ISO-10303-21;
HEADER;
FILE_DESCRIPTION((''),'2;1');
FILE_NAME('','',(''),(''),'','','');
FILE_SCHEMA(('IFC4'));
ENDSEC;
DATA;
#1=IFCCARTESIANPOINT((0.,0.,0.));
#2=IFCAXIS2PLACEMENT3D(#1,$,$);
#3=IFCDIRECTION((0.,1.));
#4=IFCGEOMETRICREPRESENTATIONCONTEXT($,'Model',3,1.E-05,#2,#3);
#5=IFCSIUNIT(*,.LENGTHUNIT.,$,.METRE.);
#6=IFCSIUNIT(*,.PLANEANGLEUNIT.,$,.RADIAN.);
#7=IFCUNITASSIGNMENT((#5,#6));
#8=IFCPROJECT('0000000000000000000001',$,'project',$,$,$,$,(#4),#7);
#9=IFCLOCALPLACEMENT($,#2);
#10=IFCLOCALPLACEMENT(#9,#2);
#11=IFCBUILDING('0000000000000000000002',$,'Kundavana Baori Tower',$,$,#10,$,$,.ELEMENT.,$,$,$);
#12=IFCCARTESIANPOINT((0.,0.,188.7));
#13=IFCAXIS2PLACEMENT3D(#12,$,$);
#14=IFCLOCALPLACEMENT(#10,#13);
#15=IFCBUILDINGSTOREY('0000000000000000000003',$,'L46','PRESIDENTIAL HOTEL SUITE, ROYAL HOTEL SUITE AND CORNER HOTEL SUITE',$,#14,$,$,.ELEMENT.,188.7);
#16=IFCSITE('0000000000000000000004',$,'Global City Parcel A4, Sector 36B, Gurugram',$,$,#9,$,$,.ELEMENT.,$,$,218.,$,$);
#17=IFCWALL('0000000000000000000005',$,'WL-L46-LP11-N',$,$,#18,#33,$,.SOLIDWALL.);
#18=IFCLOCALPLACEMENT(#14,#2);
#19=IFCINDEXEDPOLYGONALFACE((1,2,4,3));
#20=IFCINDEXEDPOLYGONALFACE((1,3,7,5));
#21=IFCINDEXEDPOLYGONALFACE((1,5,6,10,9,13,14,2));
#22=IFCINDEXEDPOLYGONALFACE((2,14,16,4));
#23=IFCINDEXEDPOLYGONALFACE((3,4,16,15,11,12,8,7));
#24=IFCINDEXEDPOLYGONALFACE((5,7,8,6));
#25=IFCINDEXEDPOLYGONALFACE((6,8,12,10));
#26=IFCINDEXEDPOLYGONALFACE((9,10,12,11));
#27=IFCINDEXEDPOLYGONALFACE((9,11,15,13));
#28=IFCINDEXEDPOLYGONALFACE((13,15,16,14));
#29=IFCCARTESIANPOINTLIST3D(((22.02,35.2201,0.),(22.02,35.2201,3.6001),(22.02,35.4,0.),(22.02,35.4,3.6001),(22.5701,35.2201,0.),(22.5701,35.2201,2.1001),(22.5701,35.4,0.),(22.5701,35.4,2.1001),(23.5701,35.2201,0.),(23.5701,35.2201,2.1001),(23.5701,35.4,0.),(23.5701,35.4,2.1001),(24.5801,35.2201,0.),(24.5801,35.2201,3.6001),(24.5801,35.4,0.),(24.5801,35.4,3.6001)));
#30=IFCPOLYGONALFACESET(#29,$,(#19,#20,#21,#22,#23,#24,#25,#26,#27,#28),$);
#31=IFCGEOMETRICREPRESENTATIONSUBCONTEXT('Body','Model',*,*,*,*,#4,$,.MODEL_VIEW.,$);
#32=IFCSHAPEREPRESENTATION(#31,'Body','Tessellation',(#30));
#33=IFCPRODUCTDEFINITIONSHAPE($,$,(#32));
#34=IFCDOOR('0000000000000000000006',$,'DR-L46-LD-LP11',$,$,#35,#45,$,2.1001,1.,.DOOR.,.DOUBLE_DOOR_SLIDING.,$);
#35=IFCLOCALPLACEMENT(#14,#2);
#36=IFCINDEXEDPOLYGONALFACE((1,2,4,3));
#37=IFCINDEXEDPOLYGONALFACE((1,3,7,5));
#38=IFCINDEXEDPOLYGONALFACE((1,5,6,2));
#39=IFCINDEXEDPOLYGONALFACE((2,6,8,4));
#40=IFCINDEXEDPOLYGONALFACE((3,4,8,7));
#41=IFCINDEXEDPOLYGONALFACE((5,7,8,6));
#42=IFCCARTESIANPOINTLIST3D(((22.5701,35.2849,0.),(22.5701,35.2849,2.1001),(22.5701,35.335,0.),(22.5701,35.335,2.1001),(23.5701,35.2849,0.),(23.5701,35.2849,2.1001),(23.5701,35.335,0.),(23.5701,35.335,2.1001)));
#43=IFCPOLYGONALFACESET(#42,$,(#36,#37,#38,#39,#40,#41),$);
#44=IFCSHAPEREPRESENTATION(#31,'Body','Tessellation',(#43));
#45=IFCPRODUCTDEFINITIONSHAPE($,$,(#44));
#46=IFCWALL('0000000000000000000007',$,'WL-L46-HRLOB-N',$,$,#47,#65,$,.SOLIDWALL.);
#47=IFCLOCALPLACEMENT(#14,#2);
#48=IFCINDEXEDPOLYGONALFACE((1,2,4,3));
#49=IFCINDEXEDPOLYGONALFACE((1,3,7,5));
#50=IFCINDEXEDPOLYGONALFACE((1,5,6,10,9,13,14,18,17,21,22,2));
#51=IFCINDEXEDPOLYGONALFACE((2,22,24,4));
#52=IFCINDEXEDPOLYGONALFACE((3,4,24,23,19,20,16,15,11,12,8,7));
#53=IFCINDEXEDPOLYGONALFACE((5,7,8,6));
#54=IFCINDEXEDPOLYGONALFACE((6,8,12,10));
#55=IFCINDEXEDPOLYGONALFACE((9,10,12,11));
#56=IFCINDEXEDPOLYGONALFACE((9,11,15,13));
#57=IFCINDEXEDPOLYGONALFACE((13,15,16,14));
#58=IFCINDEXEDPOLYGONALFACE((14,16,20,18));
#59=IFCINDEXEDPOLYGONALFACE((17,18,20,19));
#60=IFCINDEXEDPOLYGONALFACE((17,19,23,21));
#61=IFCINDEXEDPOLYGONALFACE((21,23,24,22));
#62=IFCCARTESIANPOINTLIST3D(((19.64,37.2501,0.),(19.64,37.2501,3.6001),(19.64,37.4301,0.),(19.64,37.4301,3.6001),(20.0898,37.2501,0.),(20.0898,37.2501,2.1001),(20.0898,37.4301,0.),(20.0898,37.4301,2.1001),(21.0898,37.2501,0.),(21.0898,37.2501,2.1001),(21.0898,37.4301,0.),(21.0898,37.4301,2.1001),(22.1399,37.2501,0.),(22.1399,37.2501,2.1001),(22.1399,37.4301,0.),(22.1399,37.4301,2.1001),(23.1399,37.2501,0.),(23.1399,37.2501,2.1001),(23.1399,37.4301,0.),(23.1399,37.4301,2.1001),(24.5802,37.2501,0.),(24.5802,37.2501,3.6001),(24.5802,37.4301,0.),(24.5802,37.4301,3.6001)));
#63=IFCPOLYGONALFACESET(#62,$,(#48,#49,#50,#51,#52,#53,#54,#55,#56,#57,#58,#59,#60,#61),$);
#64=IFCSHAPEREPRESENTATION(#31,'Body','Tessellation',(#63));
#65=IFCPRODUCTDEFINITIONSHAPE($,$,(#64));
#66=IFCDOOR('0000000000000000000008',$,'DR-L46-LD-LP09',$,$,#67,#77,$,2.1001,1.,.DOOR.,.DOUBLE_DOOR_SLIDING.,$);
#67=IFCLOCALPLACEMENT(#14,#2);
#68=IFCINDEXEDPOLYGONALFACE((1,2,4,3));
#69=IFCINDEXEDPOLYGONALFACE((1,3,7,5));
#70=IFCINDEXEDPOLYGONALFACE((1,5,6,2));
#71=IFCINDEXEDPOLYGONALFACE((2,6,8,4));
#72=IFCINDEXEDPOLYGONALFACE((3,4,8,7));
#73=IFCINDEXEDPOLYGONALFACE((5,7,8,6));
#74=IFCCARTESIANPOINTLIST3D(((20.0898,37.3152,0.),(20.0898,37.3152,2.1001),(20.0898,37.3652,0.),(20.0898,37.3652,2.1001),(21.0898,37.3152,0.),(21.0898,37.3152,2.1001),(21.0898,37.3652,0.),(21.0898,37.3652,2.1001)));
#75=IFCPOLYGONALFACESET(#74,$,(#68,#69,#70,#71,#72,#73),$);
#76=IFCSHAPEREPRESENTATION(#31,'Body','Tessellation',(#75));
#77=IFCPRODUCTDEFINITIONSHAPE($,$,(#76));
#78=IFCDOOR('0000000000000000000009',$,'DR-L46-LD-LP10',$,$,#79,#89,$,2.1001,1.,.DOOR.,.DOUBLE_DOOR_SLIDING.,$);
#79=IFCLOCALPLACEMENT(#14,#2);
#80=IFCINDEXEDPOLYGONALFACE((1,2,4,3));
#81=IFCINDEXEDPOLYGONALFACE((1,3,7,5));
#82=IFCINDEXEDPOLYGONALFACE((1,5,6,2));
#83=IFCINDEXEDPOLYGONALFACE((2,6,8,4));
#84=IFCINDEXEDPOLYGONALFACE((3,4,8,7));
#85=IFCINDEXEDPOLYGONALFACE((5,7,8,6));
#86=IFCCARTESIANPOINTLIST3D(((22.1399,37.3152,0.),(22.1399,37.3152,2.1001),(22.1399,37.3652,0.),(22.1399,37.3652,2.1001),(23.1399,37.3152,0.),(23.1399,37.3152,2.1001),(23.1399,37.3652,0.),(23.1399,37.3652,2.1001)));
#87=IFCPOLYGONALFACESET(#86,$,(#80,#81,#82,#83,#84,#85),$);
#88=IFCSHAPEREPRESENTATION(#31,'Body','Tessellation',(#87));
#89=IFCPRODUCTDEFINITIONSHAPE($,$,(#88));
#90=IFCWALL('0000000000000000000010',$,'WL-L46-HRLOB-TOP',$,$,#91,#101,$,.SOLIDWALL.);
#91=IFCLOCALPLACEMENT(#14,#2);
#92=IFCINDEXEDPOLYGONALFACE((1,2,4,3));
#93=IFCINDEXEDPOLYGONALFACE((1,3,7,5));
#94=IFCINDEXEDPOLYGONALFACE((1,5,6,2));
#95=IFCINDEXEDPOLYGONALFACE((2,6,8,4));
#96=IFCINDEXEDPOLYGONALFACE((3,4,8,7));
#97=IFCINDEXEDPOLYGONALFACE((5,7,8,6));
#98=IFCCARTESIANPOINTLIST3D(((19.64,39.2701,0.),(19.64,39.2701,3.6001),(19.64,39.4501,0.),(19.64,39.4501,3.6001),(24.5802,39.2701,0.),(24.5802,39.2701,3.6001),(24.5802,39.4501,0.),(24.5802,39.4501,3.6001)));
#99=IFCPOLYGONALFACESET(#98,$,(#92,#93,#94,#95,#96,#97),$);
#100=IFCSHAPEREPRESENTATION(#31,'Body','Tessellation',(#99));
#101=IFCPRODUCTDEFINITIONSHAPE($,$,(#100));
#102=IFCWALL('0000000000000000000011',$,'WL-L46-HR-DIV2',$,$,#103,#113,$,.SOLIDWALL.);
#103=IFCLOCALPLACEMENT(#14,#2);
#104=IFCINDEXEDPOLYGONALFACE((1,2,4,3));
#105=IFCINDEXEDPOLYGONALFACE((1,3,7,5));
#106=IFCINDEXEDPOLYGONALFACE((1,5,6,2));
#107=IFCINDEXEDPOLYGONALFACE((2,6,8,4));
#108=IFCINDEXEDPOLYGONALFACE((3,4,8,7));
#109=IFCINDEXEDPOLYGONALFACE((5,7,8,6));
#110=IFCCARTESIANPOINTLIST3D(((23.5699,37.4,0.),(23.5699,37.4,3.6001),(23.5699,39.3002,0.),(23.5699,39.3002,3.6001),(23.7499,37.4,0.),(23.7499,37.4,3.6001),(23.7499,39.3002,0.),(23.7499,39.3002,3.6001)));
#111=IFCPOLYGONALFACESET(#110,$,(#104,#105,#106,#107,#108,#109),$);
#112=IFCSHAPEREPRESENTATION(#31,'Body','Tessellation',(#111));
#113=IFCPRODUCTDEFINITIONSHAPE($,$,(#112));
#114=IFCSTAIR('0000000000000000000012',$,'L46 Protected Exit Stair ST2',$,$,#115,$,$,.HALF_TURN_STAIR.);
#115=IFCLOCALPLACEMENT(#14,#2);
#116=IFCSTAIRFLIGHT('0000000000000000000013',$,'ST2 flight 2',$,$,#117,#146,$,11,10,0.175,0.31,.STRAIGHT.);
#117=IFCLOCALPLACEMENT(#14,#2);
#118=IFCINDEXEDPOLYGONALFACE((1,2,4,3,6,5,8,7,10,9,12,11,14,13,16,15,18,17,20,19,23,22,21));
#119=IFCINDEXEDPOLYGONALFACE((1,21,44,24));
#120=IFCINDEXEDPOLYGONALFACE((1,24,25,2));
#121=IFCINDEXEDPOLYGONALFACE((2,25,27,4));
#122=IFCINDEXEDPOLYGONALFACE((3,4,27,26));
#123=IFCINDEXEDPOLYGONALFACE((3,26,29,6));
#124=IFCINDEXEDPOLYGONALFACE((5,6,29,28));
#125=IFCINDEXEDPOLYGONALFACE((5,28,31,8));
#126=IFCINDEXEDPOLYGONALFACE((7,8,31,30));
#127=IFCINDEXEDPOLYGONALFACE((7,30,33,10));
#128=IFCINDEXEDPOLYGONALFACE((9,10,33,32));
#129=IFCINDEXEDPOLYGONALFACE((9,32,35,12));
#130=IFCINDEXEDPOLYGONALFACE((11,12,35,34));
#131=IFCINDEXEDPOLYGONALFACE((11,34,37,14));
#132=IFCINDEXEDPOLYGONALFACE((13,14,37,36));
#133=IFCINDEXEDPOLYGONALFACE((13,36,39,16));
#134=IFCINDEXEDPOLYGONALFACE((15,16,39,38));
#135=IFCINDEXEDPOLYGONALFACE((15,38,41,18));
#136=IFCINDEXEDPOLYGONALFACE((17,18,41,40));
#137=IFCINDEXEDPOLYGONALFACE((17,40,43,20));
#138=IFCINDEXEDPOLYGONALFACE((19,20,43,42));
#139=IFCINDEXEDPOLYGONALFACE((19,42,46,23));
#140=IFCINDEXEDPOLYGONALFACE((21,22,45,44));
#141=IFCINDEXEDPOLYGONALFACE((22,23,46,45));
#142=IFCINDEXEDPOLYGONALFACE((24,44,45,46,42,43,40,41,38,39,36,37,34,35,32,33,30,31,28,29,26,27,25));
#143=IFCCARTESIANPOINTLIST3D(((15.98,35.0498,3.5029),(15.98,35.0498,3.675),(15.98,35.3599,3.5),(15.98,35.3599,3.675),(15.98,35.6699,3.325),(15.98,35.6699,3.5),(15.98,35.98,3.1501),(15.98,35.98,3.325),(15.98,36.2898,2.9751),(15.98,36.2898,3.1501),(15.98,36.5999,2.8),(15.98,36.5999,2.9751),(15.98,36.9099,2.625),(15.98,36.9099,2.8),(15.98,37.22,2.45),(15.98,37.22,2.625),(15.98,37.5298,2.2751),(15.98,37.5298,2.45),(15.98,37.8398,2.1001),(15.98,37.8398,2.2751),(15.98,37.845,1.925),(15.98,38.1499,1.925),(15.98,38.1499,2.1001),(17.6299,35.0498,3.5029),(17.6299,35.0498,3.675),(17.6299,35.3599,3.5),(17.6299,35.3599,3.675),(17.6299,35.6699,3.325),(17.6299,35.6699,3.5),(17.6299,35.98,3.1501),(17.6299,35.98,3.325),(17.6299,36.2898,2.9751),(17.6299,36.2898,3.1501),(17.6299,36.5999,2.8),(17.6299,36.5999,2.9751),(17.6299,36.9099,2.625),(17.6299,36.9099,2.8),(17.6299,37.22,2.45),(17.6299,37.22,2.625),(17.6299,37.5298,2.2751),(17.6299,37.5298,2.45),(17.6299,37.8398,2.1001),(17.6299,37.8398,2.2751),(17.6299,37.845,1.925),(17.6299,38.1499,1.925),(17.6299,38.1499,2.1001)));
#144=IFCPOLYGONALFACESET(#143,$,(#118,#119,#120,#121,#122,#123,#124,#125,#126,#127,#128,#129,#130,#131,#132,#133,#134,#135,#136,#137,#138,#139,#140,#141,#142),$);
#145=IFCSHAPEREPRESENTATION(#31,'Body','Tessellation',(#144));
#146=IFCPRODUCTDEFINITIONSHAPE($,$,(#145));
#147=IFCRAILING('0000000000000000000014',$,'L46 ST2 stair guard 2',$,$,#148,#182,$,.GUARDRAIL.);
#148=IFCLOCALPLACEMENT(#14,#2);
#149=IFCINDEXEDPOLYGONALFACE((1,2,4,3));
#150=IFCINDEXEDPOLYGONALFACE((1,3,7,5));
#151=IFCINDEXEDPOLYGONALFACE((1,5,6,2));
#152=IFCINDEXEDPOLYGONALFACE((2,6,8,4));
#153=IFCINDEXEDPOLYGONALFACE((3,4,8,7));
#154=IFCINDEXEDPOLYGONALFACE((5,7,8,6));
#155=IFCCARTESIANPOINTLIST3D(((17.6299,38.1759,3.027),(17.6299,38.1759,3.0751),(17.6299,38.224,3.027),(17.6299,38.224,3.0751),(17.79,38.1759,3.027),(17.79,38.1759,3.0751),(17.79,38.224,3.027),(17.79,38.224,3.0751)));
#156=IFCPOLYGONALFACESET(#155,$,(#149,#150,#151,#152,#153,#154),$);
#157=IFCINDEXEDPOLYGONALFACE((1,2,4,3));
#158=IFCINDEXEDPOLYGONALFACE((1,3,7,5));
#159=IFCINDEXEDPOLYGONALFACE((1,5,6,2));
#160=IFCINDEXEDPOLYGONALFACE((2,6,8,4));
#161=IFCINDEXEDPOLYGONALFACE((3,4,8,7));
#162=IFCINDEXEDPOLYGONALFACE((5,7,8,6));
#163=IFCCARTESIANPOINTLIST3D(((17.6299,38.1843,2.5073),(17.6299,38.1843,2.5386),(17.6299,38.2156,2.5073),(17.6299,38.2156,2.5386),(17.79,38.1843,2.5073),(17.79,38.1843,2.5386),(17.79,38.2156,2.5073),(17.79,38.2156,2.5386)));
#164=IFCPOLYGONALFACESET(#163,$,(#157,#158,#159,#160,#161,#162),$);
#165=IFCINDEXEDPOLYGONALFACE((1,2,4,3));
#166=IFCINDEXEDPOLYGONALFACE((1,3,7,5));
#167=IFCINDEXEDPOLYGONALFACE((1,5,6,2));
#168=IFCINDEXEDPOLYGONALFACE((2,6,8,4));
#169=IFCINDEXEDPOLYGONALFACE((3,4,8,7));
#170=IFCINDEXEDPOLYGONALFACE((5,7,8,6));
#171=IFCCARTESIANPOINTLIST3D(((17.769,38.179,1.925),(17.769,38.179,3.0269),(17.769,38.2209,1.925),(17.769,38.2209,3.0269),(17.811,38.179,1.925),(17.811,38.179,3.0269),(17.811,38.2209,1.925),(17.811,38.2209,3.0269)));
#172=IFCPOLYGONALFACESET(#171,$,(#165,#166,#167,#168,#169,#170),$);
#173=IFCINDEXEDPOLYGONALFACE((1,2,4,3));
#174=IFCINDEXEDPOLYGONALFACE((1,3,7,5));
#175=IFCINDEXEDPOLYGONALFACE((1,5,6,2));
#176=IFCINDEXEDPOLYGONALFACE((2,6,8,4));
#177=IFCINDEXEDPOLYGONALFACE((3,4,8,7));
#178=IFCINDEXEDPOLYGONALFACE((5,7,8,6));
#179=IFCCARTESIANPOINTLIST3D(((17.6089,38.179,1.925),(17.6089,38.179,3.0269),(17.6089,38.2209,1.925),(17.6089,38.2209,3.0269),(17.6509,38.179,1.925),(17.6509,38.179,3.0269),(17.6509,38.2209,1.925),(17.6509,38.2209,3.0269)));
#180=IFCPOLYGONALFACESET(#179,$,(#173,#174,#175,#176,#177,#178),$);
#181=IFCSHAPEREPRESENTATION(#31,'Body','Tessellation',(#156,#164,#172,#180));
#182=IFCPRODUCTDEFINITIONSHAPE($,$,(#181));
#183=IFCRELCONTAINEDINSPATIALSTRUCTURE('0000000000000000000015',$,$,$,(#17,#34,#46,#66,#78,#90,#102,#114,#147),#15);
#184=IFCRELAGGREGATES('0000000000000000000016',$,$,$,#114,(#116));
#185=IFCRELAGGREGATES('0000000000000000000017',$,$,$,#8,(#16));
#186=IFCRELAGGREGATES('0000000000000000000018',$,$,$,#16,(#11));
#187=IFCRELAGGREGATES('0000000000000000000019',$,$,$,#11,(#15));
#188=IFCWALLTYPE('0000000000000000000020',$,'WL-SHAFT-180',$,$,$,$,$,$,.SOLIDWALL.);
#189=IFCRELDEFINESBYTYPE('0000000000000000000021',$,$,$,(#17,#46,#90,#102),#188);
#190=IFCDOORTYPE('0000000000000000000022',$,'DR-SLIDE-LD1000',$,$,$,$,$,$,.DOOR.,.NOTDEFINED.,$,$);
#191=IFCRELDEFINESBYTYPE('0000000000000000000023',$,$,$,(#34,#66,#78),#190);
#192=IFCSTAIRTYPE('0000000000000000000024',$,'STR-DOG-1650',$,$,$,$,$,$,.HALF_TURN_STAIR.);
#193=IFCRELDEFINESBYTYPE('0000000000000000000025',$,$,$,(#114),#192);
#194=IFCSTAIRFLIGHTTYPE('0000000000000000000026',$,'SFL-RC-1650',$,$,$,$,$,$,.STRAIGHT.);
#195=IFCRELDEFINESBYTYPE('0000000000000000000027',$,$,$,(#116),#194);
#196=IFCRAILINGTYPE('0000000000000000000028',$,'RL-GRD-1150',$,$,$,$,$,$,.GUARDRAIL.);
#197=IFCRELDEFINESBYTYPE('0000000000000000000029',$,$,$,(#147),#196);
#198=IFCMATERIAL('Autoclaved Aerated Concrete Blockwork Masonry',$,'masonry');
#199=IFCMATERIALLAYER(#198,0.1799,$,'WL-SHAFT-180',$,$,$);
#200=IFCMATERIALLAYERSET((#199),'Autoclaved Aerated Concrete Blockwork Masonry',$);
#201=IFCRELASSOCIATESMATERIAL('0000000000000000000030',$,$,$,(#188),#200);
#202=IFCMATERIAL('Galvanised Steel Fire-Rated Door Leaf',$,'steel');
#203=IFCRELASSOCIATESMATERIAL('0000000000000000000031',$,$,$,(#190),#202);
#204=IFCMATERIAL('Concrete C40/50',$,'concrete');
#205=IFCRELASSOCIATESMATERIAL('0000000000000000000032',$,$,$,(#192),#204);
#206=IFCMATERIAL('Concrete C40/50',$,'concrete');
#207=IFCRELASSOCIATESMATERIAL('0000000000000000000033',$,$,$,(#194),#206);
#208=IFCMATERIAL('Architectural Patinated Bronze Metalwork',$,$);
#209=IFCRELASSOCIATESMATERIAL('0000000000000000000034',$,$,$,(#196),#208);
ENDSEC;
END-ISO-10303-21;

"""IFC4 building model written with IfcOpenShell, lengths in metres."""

from ifc_helpers import new_model, si_unit, direction, frame, frame_2d, origin, origin_2d, place, context, subcontext, project, spatial, polyline, rectangle, outline, extrude, material, layer, layer_set, type_object, element, fill, aggregate, save


model = new_model("IFC4")

# Units and contexts
model_context = context("Model", 3, precision=1e-05, world=origin(), true_north=direction((0.0, 1.0)))
body_context = subcontext(model_context, "Body", "Model", "MODEL_VIEW")
ifc_project = project(units=[si_unit("LENGTHUNIT", "METRE"), si_unit("PLANEANGLEUNIT", "RADIAN")], contexts=[model_context])

# Site, building, storey
site_placement = place(None, origin())
site = spatial("IfcSite", under=ifc_project, at=site_placement, Name="Global City Parcel A4, Sector 36B, Gurugram", CompositionType="ELEMENT", RefElevation=218.0)
building_placement = place(site_placement, origin())
building = spatial("IfcBuilding", under=site, at=building_placement, Name="Kundavana Baori Tower", CompositionType="ELEMENT")
storey_placement = place(building_placement, frame((0.0, 0.0, 188.7)))
storey = spatial("IfcBuildingStorey", under=building, at=storey_placement, Name="L46", Description="PRESIDENTIAL HOTEL SUITE, ROYAL HOTEL SUITE AND CORNER HOTEL SUITE", CompositionType="ELEMENT", Elevation=188.7)

# Wall, opening, door
ifc_material_1 = material(Name="Autoclaved Aerated Concrete Blockwork Masonry", Category="masonry")
ifc_layer_1 = layer(ifc_material_1, 0.1799, Name="WL-SHAFT-180")
ifc_layer_set_1 = layer_set([ifc_layer_1], Name="Autoclaved Aerated Concrete Blockwork Masonry")
wall_type_1 = type_object("IfcWallType", Name="WL-SHAFT-180", PredefinedType="SOLIDWALL", material=ifc_layer_set_1)
wall_1_placement = place(storey_placement, frame((22.02, 35.3101, 0.0), z_axis=(0.0, 0.0, 1.0), x_axis=(1.0, 0.0, 0.0)))
wall_1 = element("IfcWall", 1, at=wall_1_placement, inside=storey, type_object=wall_type_1, Name="WL-L46-LP11-N", PredefinedType="SOLIDWALL", context=body_context, shape_type="SweptSolid", body=[
    extrude(rectangle(XDim=2.5601, YDim=0.1799, at=frame_2d((1.28, 0.0))), origin(), (0.0, 0.0, 1.0), 3.6001),
])
opening_1_placement = place(wall_1_placement, frame((0.55, 0.0, 0.0)))
opening_1 = element("IfcOpeningElement", 2, at=opening_1_placement, cuts=wall_1, PredefinedType="OPENING", context=body_context, shape_type="SweptSolid", body=[
    extrude(rectangle(XDim=1.0, YDim=2.1001, at=frame_2d((0.5, 1.05))), frame((0.0, 0.1001, 0.0), z_axis=(0.0, -1.0, 0.0), x_axis=(1.0, 0.0, 0.0)), (0.0, 0.0, 1.0), 0.2),
])
ifc_material_2 = material(Name="Galvanised Steel Fire-Rated Door Leaf", Category="steel")
door_type_1 = type_object("IfcDoorType", Name="DR-SLIDE-LD1000", OperationType="NOTDEFINED", PredefinedType="DOOR", material=ifc_material_2)
door_1_placement = place(opening_1_placement, origin())
door_1 = element("IfcDoor", 3, at=door_1_placement, inside=storey, type_object=door_type_1, Name="DR-L46-LD-LP11", OperationType="DOUBLE_DOOR_SLIDING", OverallHeight=2.1001, OverallWidth=1.0, PredefinedType="DOOR", context=body_context, shape_type="SweptSolid", body=[
    extrude(rectangle(XDim=1.0, YDim=2.1001, at=frame_2d((0.5, 1.05))), frame((0.0, 0.0249, 0.0), z_axis=(0.0, -1.0, 0.0), x_axis=(1.0, 0.0, 0.0)), (0.0, 0.0, 1.0), 0.05),
])
fill(opening_1, door_1)

# Wall, openings, doors
wall_2_placement = place(storey_placement, frame((19.6399, 37.3401, 0.0), z_axis=(0.0, 0.0, 1.0), x_axis=(1.0, 0.0, 0.0)))
wall_2 = element("IfcWall", 4, at=wall_2_placement, inside=storey, type_object=wall_type_1, Name="WL-L46-HRLOB-N", PredefinedType="SOLIDWALL", context=body_context, shape_type="SweptSolid", body=[
    extrude(rectangle(XDim=4.9402, YDim=0.1799, at=frame_2d((2.4702, 0.0))), origin(), (0.0, 0.0, 1.0), 3.6001),
])
opening_2_placement = place(wall_2_placement, frame((0.45, 0.0, 0.0)))
opening_2 = element("IfcOpeningElement", 5, at=opening_2_placement, cuts=wall_2, PredefinedType="OPENING", context=body_context, shape_type="SweptSolid", body=[
    extrude(rectangle(XDim=1.0, YDim=2.1001, at=frame_2d((0.5, 1.05))), frame((0.0, 0.1001, 0.0), z_axis=(0.0, -1.0, 0.0), x_axis=(1.0, 0.0, 0.0)), (0.0, 0.0, 1.0), 0.2),
])
opening_3_placement = place(wall_2_placement, frame((2.5, 0.0, 0.0)))
opening_3 = element("IfcOpeningElement", 6, at=opening_3_placement, cuts=wall_2, PredefinedType="OPENING", context=body_context, shape_type="SweptSolid", body=[
    extrude(rectangle(XDim=1.0, YDim=2.1001, at=frame_2d((0.5, 1.05))), frame((0.0, 0.1001, 0.0), z_axis=(0.0, -1.0, 0.0), x_axis=(1.0, 0.0, 0.0)), (0.0, 0.0, 1.0), 0.2),
])
door_2_placement = place(opening_2_placement, frame((1.0, 0.0, 0.0), z_axis=(0.0, 0.0, 1.0), x_axis=(-1.0, 0.0, 0.0)))
door_2 = element("IfcDoor", 7, at=door_2_placement, inside=storey, type_object=door_type_1, Name="DR-L46-LD-LP09", OperationType="DOUBLE_DOOR_SLIDING", OverallHeight=2.1001, OverallWidth=1.0, PredefinedType="DOOR", context=body_context, shape_type="SweptSolid", body=[
    extrude(rectangle(XDim=1.0, YDim=2.1001, at=frame_2d((0.5, 1.05))), frame((0.0, 0.0249, 0.0), z_axis=(0.0, -1.0, 0.0), x_axis=(1.0, 0.0, 0.0)), (0.0, 0.0, 1.0), 0.05),
])
fill(opening_2, door_2)
door_3_placement = place(opening_3_placement, frame((1.0, 0.0, 0.0), z_axis=(0.0, 0.0, 1.0), x_axis=(-1.0, 0.0, 0.0)))
door_3 = element("IfcDoor", 8, at=door_3_placement, inside=storey, type_object=door_type_1, Name="DR-L46-LD-LP10", OperationType="DOUBLE_DOOR_SLIDING", OverallHeight=2.1001, OverallWidth=1.0, PredefinedType="DOOR", context=body_context, shape_type="SweptSolid", body=[
    extrude(rectangle(XDim=1.0, YDim=2.1001, at=frame_2d((0.5, 1.05))), frame((0.0, 0.0249, 0.0), z_axis=(0.0, -1.0, 0.0), x_axis=(1.0, 0.0, 0.0)), (0.0, 0.0, 1.0), 0.05),
])
fill(opening_3, door_3)

# Walls
wall_3_placement = place(storey_placement, frame((19.6399, 39.3601, 0.0), z_axis=(0.0, 0.0, 1.0), x_axis=(1.0, 0.0, 0.0)))
element("IfcWall", 9, at=wall_3_placement, inside=storey, type_object=wall_type_1, Name="WL-L46-HRLOB-TOP", PredefinedType="SOLIDWALL", context=body_context, shape_type="SweptSolid", body=[
    extrude(rectangle(XDim=4.9402, YDim=0.1799, at=frame_2d((2.4702, 0.0))), origin(), (0.0, 0.0, 1.0), 3.6001),
])
wall_4_placement = place(storey_placement, frame((23.6599, 37.3999, 0.0), z_axis=(0.0, 0.0, 1.0), x_axis=(0.0, 1.0, 0.0)))
element("IfcWall", 10, at=wall_4_placement, inside=storey, type_object=wall_type_1, Name="WL-L46-HR-DIV2", PredefinedType="SOLIDWALL", context=body_context, shape_type="SweptSolid", body=[
    extrude(rectangle(XDim=1.9001, YDim=0.1799, at=frame_2d((0.9502, 0.0))), origin(), (0.0, 0.0, 1.0), 3.6001),
])

# Stair, stair flight
ifc_material_3 = material(Name="Concrete C40/50", Category="concrete")
stair_type = type_object("IfcStairType", Name="STR-DOG-1650", PredefinedType="HALF_TURN_STAIR", material=ifc_material_3)
stair_placement = place(storey_placement, origin())
stair = element("IfcStair", 11, at=stair_placement, inside=storey, type_object=stair_type, Name="L46 Protected Exit Stair ST2", PredefinedType="HALF_TURN_STAIR")
ifc_material_4 = material(Name="Concrete C40/50", Category="concrete")
stair_flight_type = type_object("IfcStairFlightType", Name="SFL-RC-1650", PredefinedType="STRAIGHT", material=ifc_material_4)
stair_flight_placement = place(storey_placement, frame((16.8049, 38.1499, 1.925), z_axis=(0.0, 0.0, 1.0), x_axis=(0.0, -1.0, 0.0)))
stair_flight = element("IfcStairFlight", 12, at=stair_flight_placement, type_object=stair_flight_type, Name="ST2 flight 2", NumberOfRisers=11, NumberOfTreads=10, PredefinedType="STRAIGHT", RiserHeight=0.175, TreadLength=0.31, context=body_context, shape_type="SweptSolid", body=[
    extrude(outline(polyline([(0.0, 0.0), (0.0, 0.175), (0.3101, 0.175), (0.3101, 0.3501), (0.6201, 0.3501), (0.6201, 0.5249), (0.9299, 0.5249), (0.9299, 0.7), (1.24, 0.7), (1.24, 0.875), (1.55, 0.875), (1.55, 1.05), (1.8601, 1.05), (1.8601, 1.2251), (2.1699, 1.2251), (2.1699, 1.3999), (2.48, 1.3999), (2.48, 1.575), (2.79, 1.575), (2.79, 1.75), (3.1001, 1.75), (3.1001, 1.925), (3.1001, 1.5779), (0.3049, 0.0), (0.0, 0.0)])), frame((0.0, 0.825, 0.0), z_axis=(0.0, -1.0, 0.0), x_axis=(1.0, 0.0, 0.0)), (0.0, 0.0, 1.0), 1.6499),
])
aggregate(stair, [stair_flight])

# Railing
ifc_material_5 = material(Name="Architectural Patinated Bronze Metalwork")
railing_type_1 = type_object("IfcRailingType", Name="RL-GRD-1150", PredefinedType="GUARDRAIL", material=ifc_material_5)
railing_1_placement = place(storey_placement, frame((17.79, 38.2, 1.925)))
element("IfcRailing", 13, at=railing_1_placement, inside=storey, type_object=railing_type_1, Name="L46 ST2 stair guard 2", PredefinedType="GUARDRAIL", context=body_context, shape_type="SweptSolid", body=[
    extrude(rectangle(XDim=0.0481, YDim=0.0481, at=origin_2d()), frame((0.0, 0.0, 1.126), z_axis=(-1.0, 0.0, 0.0), x_axis=(0.0, -1.0, 0.0)), (0.0, 0.0, 1.0), 0.1602),
    extrude(rectangle(XDim=0.0312, YDim=0.0312, at=origin_2d()), frame((0.0, 0.0, 0.5979), z_axis=(-1.0, 0.0, 0.0), x_axis=(0.0, -1.0, 0.0)), (0.0, 0.0, 1.0), 0.1602),
    extrude(rectangle(XDim=0.042, YDim=0.042, at=origin_2d()), origin(), (0.0, 0.0, 1.0), 1.1018),
    extrude(rectangle(XDim=0.042, YDim=0.042, at=origin_2d()), frame((-0.1602, 0.0, 0.0)), (0.0, 0.0, 1.0), 1.1018),
])

save(model, "model.ifc")
